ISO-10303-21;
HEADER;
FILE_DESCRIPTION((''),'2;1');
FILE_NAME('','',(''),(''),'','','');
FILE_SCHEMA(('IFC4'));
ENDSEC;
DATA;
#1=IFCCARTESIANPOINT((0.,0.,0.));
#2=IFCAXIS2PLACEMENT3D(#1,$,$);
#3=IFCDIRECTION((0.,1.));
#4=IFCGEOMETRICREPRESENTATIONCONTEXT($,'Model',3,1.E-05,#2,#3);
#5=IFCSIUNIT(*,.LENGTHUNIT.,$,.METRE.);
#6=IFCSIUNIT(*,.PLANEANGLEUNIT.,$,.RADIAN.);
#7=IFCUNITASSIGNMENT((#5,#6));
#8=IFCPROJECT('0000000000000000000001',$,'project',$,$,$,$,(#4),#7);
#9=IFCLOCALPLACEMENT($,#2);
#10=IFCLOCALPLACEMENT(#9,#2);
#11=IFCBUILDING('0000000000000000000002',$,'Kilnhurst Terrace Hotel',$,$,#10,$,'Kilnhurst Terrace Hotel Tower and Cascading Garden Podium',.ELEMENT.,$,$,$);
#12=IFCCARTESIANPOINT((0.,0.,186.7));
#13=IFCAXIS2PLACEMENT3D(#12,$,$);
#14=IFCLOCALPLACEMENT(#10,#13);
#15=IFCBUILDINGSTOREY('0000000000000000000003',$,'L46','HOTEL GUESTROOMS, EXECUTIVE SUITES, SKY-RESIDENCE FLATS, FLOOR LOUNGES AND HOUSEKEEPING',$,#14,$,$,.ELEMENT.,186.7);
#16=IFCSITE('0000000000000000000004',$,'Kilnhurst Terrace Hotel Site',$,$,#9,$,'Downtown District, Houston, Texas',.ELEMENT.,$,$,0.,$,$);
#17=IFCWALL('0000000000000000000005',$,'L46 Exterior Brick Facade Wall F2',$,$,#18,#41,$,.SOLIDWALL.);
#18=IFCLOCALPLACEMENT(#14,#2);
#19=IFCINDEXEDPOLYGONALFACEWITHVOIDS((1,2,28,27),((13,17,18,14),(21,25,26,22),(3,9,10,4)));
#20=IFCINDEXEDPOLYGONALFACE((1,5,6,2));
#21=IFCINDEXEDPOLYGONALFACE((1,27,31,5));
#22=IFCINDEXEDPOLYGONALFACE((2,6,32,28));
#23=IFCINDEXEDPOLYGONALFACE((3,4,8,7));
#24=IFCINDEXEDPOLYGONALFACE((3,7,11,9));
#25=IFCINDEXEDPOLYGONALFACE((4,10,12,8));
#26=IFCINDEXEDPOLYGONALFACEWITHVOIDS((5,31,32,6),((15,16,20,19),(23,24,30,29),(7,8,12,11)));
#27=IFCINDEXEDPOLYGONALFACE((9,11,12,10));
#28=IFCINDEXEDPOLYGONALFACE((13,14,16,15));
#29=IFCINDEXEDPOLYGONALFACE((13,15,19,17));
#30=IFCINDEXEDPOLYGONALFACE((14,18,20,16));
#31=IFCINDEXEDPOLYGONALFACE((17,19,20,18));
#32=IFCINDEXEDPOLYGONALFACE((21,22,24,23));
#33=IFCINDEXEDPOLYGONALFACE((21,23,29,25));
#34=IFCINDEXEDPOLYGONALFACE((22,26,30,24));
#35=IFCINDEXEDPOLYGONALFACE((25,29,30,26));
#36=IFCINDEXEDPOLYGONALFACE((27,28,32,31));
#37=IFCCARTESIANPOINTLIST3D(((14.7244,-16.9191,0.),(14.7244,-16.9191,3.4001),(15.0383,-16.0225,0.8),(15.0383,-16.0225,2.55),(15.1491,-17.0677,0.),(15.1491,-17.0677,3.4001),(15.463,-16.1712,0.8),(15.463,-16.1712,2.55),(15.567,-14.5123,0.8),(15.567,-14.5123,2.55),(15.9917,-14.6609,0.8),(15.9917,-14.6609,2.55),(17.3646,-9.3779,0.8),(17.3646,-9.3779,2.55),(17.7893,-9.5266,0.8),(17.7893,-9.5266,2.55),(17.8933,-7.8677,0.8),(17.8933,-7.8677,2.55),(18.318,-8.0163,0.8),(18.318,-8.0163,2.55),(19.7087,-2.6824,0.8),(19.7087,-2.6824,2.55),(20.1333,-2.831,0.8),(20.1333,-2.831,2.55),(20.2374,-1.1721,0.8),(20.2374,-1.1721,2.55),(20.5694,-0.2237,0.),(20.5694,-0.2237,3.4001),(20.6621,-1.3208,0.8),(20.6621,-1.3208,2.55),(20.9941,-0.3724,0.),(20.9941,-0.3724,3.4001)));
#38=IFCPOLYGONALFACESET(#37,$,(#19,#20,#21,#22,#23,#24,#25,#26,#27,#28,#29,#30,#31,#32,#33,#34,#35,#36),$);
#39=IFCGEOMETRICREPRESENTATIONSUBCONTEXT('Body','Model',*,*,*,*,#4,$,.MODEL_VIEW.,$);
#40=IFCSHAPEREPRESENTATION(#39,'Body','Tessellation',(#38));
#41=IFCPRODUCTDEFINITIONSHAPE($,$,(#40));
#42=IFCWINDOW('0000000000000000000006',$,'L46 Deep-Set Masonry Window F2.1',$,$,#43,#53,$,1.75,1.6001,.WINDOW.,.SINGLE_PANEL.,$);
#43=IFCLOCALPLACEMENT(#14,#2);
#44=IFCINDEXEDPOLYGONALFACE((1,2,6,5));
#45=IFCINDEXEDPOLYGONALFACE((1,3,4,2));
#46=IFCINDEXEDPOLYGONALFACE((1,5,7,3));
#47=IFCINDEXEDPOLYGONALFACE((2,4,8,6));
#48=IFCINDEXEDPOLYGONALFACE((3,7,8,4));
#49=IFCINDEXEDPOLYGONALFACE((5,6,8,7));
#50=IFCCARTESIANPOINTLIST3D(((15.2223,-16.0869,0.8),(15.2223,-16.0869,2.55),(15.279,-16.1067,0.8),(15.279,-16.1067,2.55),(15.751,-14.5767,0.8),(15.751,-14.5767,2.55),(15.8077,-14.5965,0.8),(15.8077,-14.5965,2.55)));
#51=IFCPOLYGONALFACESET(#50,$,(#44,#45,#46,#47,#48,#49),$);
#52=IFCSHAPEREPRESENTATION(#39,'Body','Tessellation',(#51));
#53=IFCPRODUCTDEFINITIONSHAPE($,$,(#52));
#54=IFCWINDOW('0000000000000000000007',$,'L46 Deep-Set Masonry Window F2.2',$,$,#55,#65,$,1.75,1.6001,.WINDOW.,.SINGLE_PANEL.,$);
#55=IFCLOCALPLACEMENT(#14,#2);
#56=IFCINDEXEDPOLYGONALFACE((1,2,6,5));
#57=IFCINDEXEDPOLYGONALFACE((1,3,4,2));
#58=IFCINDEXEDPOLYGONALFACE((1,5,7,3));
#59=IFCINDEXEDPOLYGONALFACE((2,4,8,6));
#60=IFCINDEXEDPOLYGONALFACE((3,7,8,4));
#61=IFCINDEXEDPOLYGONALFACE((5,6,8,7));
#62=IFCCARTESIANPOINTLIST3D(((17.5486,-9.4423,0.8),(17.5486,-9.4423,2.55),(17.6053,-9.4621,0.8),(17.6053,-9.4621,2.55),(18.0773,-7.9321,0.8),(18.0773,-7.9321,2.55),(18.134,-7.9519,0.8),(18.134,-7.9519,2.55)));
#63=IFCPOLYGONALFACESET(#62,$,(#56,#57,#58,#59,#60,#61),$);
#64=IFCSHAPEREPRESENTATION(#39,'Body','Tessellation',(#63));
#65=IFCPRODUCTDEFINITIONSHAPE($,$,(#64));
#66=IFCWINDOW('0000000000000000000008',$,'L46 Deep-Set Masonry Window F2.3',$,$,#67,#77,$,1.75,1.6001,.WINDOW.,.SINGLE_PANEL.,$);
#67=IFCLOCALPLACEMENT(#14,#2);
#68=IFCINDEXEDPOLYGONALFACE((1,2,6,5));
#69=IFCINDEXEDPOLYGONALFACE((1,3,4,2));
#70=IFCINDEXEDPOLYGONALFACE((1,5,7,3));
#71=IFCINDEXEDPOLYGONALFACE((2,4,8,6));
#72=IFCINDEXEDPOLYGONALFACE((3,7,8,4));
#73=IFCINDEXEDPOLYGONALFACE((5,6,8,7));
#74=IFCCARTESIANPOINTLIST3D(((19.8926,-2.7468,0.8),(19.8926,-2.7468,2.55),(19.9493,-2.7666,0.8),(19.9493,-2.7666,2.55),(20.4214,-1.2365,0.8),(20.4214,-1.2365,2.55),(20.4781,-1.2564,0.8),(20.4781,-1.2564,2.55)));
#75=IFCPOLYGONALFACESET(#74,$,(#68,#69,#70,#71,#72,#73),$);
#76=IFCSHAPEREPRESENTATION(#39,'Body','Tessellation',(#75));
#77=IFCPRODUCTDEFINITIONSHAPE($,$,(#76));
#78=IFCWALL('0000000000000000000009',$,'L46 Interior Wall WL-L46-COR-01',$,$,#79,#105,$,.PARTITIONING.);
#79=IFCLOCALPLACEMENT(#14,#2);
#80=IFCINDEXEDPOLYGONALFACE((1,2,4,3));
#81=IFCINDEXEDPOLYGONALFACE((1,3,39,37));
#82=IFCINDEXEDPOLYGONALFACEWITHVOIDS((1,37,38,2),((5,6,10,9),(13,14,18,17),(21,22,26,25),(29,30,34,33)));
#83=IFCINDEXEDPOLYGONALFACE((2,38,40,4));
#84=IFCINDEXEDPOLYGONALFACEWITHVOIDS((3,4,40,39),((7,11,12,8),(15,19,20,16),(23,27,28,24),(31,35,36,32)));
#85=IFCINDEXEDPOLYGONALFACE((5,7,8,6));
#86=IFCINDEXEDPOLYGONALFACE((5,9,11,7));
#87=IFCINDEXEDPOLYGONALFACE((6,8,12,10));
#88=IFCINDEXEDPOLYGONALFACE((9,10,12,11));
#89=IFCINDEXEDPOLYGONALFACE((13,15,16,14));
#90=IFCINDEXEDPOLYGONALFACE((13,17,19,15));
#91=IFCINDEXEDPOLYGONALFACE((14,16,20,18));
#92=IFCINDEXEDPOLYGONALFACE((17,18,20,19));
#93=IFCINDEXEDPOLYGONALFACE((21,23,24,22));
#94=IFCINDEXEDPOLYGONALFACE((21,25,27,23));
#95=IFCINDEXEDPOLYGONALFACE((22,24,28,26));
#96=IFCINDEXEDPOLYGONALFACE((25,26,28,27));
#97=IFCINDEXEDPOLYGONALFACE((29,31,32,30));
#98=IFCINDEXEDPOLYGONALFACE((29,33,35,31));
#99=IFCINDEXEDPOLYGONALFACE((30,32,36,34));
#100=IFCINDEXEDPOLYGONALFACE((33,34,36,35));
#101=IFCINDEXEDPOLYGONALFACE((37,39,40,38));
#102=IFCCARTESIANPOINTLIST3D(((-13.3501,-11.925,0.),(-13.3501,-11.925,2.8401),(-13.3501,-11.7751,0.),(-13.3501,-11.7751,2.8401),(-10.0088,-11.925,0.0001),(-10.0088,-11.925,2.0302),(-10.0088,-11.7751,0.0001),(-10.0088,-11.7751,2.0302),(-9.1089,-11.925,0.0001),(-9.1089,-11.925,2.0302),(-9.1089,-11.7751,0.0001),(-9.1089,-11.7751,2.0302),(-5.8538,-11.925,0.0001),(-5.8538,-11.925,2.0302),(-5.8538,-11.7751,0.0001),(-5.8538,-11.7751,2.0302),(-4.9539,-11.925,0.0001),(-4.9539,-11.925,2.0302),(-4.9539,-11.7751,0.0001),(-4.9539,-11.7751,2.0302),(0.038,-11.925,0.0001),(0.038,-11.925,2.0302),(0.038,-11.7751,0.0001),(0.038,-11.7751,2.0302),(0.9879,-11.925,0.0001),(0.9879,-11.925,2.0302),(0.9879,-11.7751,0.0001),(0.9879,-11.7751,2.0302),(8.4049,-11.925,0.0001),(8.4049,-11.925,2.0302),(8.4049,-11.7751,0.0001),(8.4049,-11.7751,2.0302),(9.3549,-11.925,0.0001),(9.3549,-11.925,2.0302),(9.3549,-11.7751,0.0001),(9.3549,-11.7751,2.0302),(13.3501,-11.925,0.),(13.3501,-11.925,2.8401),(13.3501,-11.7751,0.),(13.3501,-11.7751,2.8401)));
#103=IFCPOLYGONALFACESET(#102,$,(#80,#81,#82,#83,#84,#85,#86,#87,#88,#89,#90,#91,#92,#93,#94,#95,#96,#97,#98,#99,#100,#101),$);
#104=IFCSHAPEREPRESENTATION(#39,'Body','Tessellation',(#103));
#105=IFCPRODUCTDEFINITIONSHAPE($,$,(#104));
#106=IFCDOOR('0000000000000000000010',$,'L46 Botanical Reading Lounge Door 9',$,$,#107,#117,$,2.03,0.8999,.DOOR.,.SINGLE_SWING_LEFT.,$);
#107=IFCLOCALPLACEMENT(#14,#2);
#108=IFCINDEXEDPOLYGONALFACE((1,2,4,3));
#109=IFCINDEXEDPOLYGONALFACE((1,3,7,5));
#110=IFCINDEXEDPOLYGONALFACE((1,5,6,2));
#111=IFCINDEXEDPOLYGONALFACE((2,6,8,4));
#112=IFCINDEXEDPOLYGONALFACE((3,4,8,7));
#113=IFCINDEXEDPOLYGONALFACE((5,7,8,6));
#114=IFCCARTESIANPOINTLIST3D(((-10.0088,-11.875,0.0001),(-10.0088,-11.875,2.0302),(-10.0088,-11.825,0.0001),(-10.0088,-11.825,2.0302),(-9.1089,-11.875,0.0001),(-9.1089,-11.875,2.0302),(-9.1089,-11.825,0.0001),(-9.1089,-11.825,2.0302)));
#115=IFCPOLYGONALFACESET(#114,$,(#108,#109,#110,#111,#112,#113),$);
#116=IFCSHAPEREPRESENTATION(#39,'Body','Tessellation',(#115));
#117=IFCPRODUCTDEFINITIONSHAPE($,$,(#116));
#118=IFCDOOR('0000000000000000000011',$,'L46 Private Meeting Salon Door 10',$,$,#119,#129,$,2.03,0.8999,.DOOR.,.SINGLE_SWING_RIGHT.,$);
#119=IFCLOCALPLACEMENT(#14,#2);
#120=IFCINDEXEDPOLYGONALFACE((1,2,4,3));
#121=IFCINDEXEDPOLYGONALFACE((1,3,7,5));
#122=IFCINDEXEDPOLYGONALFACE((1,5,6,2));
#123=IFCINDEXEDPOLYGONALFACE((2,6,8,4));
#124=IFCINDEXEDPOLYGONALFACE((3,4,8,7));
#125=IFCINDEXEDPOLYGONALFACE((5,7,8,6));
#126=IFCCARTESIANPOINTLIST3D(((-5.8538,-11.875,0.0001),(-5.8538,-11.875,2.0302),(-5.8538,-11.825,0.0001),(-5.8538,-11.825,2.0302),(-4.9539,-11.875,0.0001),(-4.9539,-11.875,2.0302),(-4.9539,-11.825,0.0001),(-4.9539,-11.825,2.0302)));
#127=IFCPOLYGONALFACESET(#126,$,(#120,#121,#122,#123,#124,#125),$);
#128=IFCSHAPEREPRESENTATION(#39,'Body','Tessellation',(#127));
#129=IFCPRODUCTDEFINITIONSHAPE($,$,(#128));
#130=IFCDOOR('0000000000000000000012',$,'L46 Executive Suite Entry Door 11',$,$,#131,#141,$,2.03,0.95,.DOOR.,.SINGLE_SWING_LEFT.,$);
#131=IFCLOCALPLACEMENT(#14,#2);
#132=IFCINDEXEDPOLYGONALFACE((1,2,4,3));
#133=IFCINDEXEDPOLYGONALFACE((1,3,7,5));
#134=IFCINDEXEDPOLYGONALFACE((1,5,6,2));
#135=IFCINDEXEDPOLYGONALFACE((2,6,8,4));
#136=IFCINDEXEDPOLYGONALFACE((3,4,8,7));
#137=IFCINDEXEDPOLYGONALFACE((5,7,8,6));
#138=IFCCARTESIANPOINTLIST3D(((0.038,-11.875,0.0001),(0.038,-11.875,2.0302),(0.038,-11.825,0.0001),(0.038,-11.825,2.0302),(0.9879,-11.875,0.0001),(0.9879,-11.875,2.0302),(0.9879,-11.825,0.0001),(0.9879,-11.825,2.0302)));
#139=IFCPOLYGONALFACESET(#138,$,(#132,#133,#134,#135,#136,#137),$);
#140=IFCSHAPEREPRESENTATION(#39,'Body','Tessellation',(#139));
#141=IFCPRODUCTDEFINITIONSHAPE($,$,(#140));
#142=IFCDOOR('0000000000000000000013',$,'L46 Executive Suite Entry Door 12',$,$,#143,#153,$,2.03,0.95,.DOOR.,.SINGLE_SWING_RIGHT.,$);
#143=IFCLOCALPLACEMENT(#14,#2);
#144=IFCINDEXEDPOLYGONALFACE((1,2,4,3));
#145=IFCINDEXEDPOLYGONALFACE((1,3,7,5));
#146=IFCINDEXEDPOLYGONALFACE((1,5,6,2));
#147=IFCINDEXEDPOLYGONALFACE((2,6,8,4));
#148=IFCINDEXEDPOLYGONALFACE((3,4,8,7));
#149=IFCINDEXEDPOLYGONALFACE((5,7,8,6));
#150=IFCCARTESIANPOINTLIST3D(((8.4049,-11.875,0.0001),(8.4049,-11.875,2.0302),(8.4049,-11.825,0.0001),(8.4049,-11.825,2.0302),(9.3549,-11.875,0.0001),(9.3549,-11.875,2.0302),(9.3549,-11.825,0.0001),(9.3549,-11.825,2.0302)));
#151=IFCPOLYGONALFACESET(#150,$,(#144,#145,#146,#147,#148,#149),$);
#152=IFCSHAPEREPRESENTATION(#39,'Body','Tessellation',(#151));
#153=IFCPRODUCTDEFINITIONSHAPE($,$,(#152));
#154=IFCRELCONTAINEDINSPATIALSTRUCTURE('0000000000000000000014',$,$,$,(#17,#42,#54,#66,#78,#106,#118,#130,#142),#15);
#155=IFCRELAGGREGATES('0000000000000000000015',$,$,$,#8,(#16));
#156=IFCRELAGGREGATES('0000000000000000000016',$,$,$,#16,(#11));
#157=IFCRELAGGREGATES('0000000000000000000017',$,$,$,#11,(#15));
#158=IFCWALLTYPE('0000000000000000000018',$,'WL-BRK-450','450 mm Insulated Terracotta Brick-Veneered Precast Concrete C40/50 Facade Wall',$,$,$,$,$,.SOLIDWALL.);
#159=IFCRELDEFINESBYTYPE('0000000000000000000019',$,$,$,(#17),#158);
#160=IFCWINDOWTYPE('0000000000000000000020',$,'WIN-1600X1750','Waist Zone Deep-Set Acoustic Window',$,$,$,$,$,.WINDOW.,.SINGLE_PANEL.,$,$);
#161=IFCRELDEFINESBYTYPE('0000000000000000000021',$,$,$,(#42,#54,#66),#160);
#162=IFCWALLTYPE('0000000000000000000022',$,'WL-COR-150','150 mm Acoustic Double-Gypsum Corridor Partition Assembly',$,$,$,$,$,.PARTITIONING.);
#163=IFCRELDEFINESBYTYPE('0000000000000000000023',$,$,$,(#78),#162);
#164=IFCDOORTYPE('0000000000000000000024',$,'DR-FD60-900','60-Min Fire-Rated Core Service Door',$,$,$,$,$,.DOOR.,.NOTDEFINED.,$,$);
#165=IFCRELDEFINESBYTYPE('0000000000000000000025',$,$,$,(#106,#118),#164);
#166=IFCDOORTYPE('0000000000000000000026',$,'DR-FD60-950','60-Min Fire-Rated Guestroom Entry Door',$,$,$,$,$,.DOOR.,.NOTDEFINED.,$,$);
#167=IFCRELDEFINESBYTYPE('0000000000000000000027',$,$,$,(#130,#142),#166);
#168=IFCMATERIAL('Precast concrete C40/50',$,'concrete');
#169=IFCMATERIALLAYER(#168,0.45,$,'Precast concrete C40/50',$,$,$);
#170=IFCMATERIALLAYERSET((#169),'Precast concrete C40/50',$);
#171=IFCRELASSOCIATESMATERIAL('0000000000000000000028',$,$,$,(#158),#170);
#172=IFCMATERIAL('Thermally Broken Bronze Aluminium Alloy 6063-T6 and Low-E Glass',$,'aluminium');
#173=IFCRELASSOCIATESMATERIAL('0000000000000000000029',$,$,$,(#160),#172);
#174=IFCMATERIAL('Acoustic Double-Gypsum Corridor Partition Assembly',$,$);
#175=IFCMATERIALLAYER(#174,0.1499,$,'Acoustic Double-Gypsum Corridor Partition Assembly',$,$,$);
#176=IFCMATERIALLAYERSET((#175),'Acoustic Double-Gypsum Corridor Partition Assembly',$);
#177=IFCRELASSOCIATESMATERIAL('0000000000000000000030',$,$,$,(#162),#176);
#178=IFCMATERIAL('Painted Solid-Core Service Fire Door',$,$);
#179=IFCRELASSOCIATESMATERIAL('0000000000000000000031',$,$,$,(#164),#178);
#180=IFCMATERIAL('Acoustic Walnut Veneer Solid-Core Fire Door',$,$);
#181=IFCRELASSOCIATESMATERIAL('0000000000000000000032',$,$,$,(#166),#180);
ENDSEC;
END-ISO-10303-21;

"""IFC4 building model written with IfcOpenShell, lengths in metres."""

from ifc_helpers import new_model, si_unit, direction, frame, frame_2d, origin, place, context, subcontext, project, spatial, rectangle, extrude, material, layer, layer_set, type_object, element, fill, save


model = new_model("IFC4")

# Units and contexts
model_context = context("Model", 3, precision=1e-05, world=origin(), true_north=direction((0.0, 1.0)))
body_context = subcontext(model_context, "Body", "Model", "MODEL_VIEW")
ifc_project = project(units=[si_unit("LENGTHUNIT", "METRE"), si_unit("PLANEANGLEUNIT", "RADIAN")], contexts=[model_context])

# Site, building, storey
site_placement = place(None, origin())
site = spatial("IfcSite", under=ifc_project, at=site_placement, Name="Kilnhurst Terrace Hotel Site", LongName="Downtown District, Houston, Texas", CompositionType="ELEMENT", RefElevation=0.0)
building_placement = place(site_placement, origin())
building = spatial("IfcBuilding", under=site, at=building_placement, Name="Kilnhurst Terrace Hotel", LongName="Kilnhurst Terrace Hotel Tower and Cascading Garden Podium", CompositionType="ELEMENT")
storey_placement = place(building_placement, frame((0.0, 0.0, 186.7)))
storey = spatial("IfcBuildingStorey", under=building, at=storey_placement, Name="L46", Description="HOTEL GUESTROOMS, EXECUTIVE SUITES, SKY-RESIDENCE FLATS, FLOOR LOUNGES AND HOUSEKEEPING", CompositionType="ELEMENT", Elevation=186.7)

# Shared definitions
ifc_material_1 = material(Name="Precast concrete C40/50", Category="concrete")
ifc_layer_1 = layer(ifc_material_1, 0.45, Name="Precast concrete C40/50")
ifc_layer_set_1 = layer_set([ifc_layer_1], Name="Precast concrete C40/50")
wall_type_1 = type_object("IfcWallType", Name="WL-BRK-450", Description="450 mm Insulated Terracotta Brick-Veneered Precast Concrete C40/50 Facade Wall", PredefinedType="SOLIDWALL", material=ifc_layer_set_1)

# Wall, openings, windows
wall_1_placement = place(storey_placement, frame((14.9368, -16.9934, 0.0), z_axis=(0.0, 0.0, 1.0), x_axis=(0.330432, 0.94383, 0.0)))
wall_1 = element("IfcWall", 1, at=wall_1_placement, inside=storey, type_object=wall_type_1, Name="L46 Exterior Brick Facade Wall F2", PredefinedType="SOLIDWALL", context=body_context, shape_type="SweptSolid", body=[
    extrude(rectangle(XDim=17.689, YDim=0.45, at=frame_2d((8.8445, 0.0))), origin(), (0.0, 0.0, 1.0), 3.4001),
])
opening_1_placement = place(wall_1_placement, frame((0.95, 0.0, 0.8)))
opening_1 = element("IfcOpeningElement", 2, at=opening_1_placement, cuts=wall_1, PredefinedType="OPENING", context=body_context, shape_type="SweptSolid", body=[
    extrude(rectangle(XDim=1.6001, YDim=1.75, at=frame_2d((0.8, 0.875))), frame((0.0, 0.2349, 0.0), z_axis=(0.0, -1.0, 0.0), x_axis=(1.0, 0.0, 0.0)), (0.0, 0.0, 1.0), 0.47),
])
opening_2_placement = place(wall_1_placement, frame((7.99, 0.0, 0.8)))
opening_2 = element("IfcOpeningElement", 3, at=opening_2_placement, cuts=wall_1, PredefinedType="OPENING", context=body_context, shape_type="SweptSolid", body=[
    extrude(rectangle(XDim=1.6001, YDim=1.75, at=frame_2d((0.8, 0.875))), frame((0.0, 0.2349, 0.0), z_axis=(0.0, -1.0, 0.0), x_axis=(1.0, 0.0, 0.0)), (0.0, 0.0, 1.0), 0.47),
])
opening_3_placement = place(wall_1_placement, frame((15.084, 0.0, 0.8)))
opening_3 = element("IfcOpeningElement", 4, at=opening_3_placement, cuts=wall_1, PredefinedType="OPENING", context=body_context, shape_type="SweptSolid", body=[
    extrude(rectangle(XDim=1.6001, YDim=1.75, at=frame_2d((0.8, 0.875))), frame((0.0, 0.2349, 0.0), z_axis=(0.0, -1.0, 0.0), x_axis=(1.0, 0.0, 0.0)), (0.0, 0.0, 1.0), 0.47),
])
ifc_material_2 = material(Name="Thermally Broken Bronze Aluminium Alloy 6063-T6 and Low-E Glass", Category="aluminium")
window_type = type_object("IfcWindowType", Name="WIN-1600X1750", Description="Waist Zone Deep-Set Acoustic Window", PartitioningType="SINGLE_PANEL", PredefinedType="WINDOW", material=ifc_material_2)
window_1_placement = place(opening_1_placement, origin())
window_1 = element("IfcWindow", 5, at=window_1_placement, inside=storey, type_object=window_type, Name="L46 Deep-Set Masonry Window F2.1", OverallHeight=1.75, OverallWidth=1.6001, PartitioningType="SINGLE_PANEL", PredefinedType="WINDOW", context=body_context, shape_type="SweptSolid", body=[
    extrude(rectangle(XDim=1.6001, YDim=1.75, at=frame_2d((0.8, 0.875))), frame((0.0, 0.03, 0.0), z_axis=(0.0, -1.0, 0.0), x_axis=(1.0, 0.0, 0.0)), (0.0, 0.0, 1.0), 0.0601),
])
fill(opening_1, window_1)
window_2_placement = place(opening_2_placement, origin())
window_2 = element("IfcWindow", 6, at=window_2_placement, inside=storey, type_object=window_type, Name="L46 Deep-Set Masonry Window F2.2", OverallHeight=1.75, OverallWidth=1.6001, PartitioningType="SINGLE_PANEL", PredefinedType="WINDOW", context=body_context, shape_type="SweptSolid", body=[
    extrude(rectangle(XDim=1.6001, YDim=1.75, at=frame_2d((0.8, 0.875))), frame((0.0, 0.03, 0.0), z_axis=(0.0, -1.0, 0.0), x_axis=(1.0, 0.0, 0.0)), (0.0, 0.0, 1.0), 0.0601),
])
fill(opening_2, window_2)
window_3_placement = place(opening_3_placement, origin())
window_3 = element("IfcWindow", 7, at=window_3_placement, inside=storey, type_object=window_type, Name="L46 Deep-Set Masonry Window F2.3", OverallHeight=1.75, OverallWidth=1.6001, PartitioningType="SINGLE_PANEL", PredefinedType="WINDOW", context=body_context, shape_type="SweptSolid", body=[
    extrude(rectangle(XDim=1.6001, YDim=1.75, at=frame_2d((0.8, 0.875))), frame((0.0, 0.03, 0.0), z_axis=(0.0, -1.0, 0.0), x_axis=(1.0, 0.0, 0.0)), (0.0, 0.0, 1.0), 0.0601),
])
fill(opening_3, window_3)

# Wall, openings, doors
ifc_material_3 = material(Name="Acoustic Double-Gypsum Corridor Partition Assembly")
ifc_layer_2 = layer(ifc_material_3, 0.1499, Name="Acoustic Double-Gypsum Corridor Partition Assembly")
ifc_layer_set_2 = layer_set([ifc_layer_2], Name="Acoustic Double-Gypsum Corridor Partition Assembly")
wall_type_2 = type_object("IfcWallType", Name="WL-COR-150", Description="150 mm Acoustic Double-Gypsum Corridor Partition Assembly", PredefinedType="PARTITIONING", material=ifc_layer_set_2)
wall_2_placement = place(storey_placement, frame((13.3501, -11.8501, 0.0), z_axis=(0.0, 0.0, 1.0), x_axis=(-1.0, 0.0, 0.0)))
wall_2 = element("IfcWall", 8, at=wall_2_placement, inside=storey, type_object=wall_type_2, Name="L46 Interior Wall WL-L46-COR-01", PredefinedType="PARTITIONING", context=body_context, shape_type="SweptSolid", body=[
    extrude(rectangle(XDim=26.7002, YDim=0.1499, at=frame_2d((13.3501, 0.0))), origin(), (0.0, 0.0, 1.0), 2.8401),
])
opening_4_placement = place(wall_2_placement, frame((22.459, 0.0, 0.0)))
opening_4 = element("IfcOpeningElement", 9, at=opening_4_placement, cuts=wall_2, PredefinedType="OPENING", context=body_context, shape_type="SweptSolid", body=[
    extrude(rectangle(XDim=0.8999, YDim=2.03, at=frame_2d((0.45, 1.0151))), frame((0.0, 0.085, 0.0), z_axis=(0.0, -1.0, 0.0), x_axis=(1.0, 0.0, 0.0)), (0.0, 0.0, 1.0), 0.1699),
])
opening_5_placement = place(wall_2_placement, frame((18.304, 0.0, 0.0)))
opening_5 = element("IfcOpeningElement", 10, at=opening_5_placement, cuts=wall_2, PredefinedType="OPENING", context=body_context, shape_type="SweptSolid", body=[
    extrude(rectangle(XDim=0.8999, YDim=2.03, at=frame_2d((0.45, 1.0151))), frame((0.0, 0.085, 0.0), z_axis=(0.0, -1.0, 0.0), x_axis=(1.0, 0.0, 0.0)), (0.0, 0.0, 1.0), 0.1699),
])
opening_6_placement = place(wall_2_placement, frame((12.3621, 0.0, 0.0)))
opening_6 = element("IfcOpeningElement", 11, at=opening_6_placement, cuts=wall_2, PredefinedType="OPENING", context=body_context, shape_type="SweptSolid", body=[
    extrude(rectangle(XDim=0.95, YDim=2.03, at=frame_2d((0.4751, 1.0151))), frame((0.0, 0.085, 0.0), z_axis=(0.0, -1.0, 0.0), x_axis=(1.0, 0.0, 0.0)), (0.0, 0.0, 1.0), 0.1699),
])
opening_7_placement = place(wall_2_placement, frame((3.9951, 0.0, 0.0)))
opening_7 = element("IfcOpeningElement", 12, at=opening_7_placement, cuts=wall_2, PredefinedType="OPENING", context=body_context, shape_type="SweptSolid", body=[
    extrude(rectangle(XDim=0.95, YDim=2.03, at=frame_2d((0.4751, 1.0151))), frame((0.0, 0.085, 0.0), z_axis=(0.0, -1.0, 0.0), x_axis=(1.0, 0.0, 0.0)), (0.0, 0.0, 1.0), 0.1699),
])
ifc_material_4 = material(Name="Painted Solid-Core Service Fire Door")
door_type_1 = type_object("IfcDoorType", Name="DR-FD60-900", Description="60-Min Fire-Rated Core Service Door", OperationType="NOTDEFINED", PredefinedType="DOOR", material=ifc_material_4)
door_1_placement = place(opening_4_placement, origin())
door_1 = element("IfcDoor", 13, at=door_1_placement, inside=storey, type_object=door_type_1, Name="L46 Botanical Reading Lounge Door 9", OperationType="SINGLE_SWING_LEFT", OverallHeight=2.03, OverallWidth=0.8999, PredefinedType="DOOR", context=body_context, shape_type="SweptSolid", body=[
    extrude(rectangle(XDim=0.8999, YDim=2.03, at=frame_2d((0.45, 1.0151))), frame((0.0, 0.0249, 0.0), z_axis=(0.0, -1.0, 0.0), x_axis=(1.0, 0.0, 0.0)), (0.0, 0.0, 1.0), 0.05),
])
fill(opening_4, door_1)
door_2_placement = place(opening_5_placement, origin())
door_2 = element("IfcDoor", 14, at=door_2_placement, inside=storey, type_object=door_type_1, Name="L46 Private Meeting Salon Door 10", OperationType="SINGLE_SWING_RIGHT", OverallHeight=2.03, OverallWidth=0.8999, PredefinedType="DOOR", context=body_context, shape_type="SweptSolid", body=[
    extrude(rectangle(XDim=0.8999, YDim=2.03, at=frame_2d((0.45, 1.0151))), frame((0.0, 0.0249, 0.0), z_axis=(0.0, -1.0, 0.0), x_axis=(1.0, 0.0, 0.0)), (0.0, 0.0, 1.0), 0.05),
])
fill(opening_5, door_2)
ifc_material_5 = material(Name="Acoustic Walnut Veneer Solid-Core Fire Door")
door_type_2 = type_object("IfcDoorType", Name="DR-FD60-950", Description="60-Min Fire-Rated Guestroom Entry Door", OperationType="NOTDEFINED", PredefinedType="DOOR", material=ifc_material_5)
door_3_placement = place(opening_6_placement, origin())
door_3 = element("IfcDoor", 15, at=door_3_placement, inside=storey, type_object=door_type_2, Name="L46 Executive Suite Entry Door 11", OperationType="SINGLE_SWING_LEFT", OverallHeight=2.03, OverallWidth=0.95, PredefinedType="DOOR", context=body_context, shape_type="SweptSolid", body=[
    extrude(rectangle(XDim=0.95, YDim=2.03, at=frame_2d((0.4751, 1.0151))), frame((0.0, 0.0249, 0.0), z_axis=(0.0, -1.0, 0.0), x_axis=(1.0, 0.0, 0.0)), (0.0, 0.0, 1.0), 0.05),
])
fill(opening_6, door_3)
door_4_placement = place(opening_7_placement, origin())
door_4 = element("IfcDoor", 16, at=door_4_placement, inside=storey, type_object=door_type_2, Name="L46 Executive Suite Entry Door 12", OperationType="SINGLE_SWING_RIGHT", OverallHeight=2.03, OverallWidth=0.95, PredefinedType="DOOR", context=body_context, shape_type="SweptSolid", body=[
    extrude(rectangle(XDim=0.95, YDim=2.03, at=frame_2d((0.4751, 1.0151))), frame((0.0, 0.0249, 0.0), z_axis=(0.0, -1.0, 0.0), x_axis=(1.0, 0.0, 0.0)), (0.0, 0.0, 1.0), 0.05),
])
fill(opening_7, door_4)

save(model, "model.ifc")
